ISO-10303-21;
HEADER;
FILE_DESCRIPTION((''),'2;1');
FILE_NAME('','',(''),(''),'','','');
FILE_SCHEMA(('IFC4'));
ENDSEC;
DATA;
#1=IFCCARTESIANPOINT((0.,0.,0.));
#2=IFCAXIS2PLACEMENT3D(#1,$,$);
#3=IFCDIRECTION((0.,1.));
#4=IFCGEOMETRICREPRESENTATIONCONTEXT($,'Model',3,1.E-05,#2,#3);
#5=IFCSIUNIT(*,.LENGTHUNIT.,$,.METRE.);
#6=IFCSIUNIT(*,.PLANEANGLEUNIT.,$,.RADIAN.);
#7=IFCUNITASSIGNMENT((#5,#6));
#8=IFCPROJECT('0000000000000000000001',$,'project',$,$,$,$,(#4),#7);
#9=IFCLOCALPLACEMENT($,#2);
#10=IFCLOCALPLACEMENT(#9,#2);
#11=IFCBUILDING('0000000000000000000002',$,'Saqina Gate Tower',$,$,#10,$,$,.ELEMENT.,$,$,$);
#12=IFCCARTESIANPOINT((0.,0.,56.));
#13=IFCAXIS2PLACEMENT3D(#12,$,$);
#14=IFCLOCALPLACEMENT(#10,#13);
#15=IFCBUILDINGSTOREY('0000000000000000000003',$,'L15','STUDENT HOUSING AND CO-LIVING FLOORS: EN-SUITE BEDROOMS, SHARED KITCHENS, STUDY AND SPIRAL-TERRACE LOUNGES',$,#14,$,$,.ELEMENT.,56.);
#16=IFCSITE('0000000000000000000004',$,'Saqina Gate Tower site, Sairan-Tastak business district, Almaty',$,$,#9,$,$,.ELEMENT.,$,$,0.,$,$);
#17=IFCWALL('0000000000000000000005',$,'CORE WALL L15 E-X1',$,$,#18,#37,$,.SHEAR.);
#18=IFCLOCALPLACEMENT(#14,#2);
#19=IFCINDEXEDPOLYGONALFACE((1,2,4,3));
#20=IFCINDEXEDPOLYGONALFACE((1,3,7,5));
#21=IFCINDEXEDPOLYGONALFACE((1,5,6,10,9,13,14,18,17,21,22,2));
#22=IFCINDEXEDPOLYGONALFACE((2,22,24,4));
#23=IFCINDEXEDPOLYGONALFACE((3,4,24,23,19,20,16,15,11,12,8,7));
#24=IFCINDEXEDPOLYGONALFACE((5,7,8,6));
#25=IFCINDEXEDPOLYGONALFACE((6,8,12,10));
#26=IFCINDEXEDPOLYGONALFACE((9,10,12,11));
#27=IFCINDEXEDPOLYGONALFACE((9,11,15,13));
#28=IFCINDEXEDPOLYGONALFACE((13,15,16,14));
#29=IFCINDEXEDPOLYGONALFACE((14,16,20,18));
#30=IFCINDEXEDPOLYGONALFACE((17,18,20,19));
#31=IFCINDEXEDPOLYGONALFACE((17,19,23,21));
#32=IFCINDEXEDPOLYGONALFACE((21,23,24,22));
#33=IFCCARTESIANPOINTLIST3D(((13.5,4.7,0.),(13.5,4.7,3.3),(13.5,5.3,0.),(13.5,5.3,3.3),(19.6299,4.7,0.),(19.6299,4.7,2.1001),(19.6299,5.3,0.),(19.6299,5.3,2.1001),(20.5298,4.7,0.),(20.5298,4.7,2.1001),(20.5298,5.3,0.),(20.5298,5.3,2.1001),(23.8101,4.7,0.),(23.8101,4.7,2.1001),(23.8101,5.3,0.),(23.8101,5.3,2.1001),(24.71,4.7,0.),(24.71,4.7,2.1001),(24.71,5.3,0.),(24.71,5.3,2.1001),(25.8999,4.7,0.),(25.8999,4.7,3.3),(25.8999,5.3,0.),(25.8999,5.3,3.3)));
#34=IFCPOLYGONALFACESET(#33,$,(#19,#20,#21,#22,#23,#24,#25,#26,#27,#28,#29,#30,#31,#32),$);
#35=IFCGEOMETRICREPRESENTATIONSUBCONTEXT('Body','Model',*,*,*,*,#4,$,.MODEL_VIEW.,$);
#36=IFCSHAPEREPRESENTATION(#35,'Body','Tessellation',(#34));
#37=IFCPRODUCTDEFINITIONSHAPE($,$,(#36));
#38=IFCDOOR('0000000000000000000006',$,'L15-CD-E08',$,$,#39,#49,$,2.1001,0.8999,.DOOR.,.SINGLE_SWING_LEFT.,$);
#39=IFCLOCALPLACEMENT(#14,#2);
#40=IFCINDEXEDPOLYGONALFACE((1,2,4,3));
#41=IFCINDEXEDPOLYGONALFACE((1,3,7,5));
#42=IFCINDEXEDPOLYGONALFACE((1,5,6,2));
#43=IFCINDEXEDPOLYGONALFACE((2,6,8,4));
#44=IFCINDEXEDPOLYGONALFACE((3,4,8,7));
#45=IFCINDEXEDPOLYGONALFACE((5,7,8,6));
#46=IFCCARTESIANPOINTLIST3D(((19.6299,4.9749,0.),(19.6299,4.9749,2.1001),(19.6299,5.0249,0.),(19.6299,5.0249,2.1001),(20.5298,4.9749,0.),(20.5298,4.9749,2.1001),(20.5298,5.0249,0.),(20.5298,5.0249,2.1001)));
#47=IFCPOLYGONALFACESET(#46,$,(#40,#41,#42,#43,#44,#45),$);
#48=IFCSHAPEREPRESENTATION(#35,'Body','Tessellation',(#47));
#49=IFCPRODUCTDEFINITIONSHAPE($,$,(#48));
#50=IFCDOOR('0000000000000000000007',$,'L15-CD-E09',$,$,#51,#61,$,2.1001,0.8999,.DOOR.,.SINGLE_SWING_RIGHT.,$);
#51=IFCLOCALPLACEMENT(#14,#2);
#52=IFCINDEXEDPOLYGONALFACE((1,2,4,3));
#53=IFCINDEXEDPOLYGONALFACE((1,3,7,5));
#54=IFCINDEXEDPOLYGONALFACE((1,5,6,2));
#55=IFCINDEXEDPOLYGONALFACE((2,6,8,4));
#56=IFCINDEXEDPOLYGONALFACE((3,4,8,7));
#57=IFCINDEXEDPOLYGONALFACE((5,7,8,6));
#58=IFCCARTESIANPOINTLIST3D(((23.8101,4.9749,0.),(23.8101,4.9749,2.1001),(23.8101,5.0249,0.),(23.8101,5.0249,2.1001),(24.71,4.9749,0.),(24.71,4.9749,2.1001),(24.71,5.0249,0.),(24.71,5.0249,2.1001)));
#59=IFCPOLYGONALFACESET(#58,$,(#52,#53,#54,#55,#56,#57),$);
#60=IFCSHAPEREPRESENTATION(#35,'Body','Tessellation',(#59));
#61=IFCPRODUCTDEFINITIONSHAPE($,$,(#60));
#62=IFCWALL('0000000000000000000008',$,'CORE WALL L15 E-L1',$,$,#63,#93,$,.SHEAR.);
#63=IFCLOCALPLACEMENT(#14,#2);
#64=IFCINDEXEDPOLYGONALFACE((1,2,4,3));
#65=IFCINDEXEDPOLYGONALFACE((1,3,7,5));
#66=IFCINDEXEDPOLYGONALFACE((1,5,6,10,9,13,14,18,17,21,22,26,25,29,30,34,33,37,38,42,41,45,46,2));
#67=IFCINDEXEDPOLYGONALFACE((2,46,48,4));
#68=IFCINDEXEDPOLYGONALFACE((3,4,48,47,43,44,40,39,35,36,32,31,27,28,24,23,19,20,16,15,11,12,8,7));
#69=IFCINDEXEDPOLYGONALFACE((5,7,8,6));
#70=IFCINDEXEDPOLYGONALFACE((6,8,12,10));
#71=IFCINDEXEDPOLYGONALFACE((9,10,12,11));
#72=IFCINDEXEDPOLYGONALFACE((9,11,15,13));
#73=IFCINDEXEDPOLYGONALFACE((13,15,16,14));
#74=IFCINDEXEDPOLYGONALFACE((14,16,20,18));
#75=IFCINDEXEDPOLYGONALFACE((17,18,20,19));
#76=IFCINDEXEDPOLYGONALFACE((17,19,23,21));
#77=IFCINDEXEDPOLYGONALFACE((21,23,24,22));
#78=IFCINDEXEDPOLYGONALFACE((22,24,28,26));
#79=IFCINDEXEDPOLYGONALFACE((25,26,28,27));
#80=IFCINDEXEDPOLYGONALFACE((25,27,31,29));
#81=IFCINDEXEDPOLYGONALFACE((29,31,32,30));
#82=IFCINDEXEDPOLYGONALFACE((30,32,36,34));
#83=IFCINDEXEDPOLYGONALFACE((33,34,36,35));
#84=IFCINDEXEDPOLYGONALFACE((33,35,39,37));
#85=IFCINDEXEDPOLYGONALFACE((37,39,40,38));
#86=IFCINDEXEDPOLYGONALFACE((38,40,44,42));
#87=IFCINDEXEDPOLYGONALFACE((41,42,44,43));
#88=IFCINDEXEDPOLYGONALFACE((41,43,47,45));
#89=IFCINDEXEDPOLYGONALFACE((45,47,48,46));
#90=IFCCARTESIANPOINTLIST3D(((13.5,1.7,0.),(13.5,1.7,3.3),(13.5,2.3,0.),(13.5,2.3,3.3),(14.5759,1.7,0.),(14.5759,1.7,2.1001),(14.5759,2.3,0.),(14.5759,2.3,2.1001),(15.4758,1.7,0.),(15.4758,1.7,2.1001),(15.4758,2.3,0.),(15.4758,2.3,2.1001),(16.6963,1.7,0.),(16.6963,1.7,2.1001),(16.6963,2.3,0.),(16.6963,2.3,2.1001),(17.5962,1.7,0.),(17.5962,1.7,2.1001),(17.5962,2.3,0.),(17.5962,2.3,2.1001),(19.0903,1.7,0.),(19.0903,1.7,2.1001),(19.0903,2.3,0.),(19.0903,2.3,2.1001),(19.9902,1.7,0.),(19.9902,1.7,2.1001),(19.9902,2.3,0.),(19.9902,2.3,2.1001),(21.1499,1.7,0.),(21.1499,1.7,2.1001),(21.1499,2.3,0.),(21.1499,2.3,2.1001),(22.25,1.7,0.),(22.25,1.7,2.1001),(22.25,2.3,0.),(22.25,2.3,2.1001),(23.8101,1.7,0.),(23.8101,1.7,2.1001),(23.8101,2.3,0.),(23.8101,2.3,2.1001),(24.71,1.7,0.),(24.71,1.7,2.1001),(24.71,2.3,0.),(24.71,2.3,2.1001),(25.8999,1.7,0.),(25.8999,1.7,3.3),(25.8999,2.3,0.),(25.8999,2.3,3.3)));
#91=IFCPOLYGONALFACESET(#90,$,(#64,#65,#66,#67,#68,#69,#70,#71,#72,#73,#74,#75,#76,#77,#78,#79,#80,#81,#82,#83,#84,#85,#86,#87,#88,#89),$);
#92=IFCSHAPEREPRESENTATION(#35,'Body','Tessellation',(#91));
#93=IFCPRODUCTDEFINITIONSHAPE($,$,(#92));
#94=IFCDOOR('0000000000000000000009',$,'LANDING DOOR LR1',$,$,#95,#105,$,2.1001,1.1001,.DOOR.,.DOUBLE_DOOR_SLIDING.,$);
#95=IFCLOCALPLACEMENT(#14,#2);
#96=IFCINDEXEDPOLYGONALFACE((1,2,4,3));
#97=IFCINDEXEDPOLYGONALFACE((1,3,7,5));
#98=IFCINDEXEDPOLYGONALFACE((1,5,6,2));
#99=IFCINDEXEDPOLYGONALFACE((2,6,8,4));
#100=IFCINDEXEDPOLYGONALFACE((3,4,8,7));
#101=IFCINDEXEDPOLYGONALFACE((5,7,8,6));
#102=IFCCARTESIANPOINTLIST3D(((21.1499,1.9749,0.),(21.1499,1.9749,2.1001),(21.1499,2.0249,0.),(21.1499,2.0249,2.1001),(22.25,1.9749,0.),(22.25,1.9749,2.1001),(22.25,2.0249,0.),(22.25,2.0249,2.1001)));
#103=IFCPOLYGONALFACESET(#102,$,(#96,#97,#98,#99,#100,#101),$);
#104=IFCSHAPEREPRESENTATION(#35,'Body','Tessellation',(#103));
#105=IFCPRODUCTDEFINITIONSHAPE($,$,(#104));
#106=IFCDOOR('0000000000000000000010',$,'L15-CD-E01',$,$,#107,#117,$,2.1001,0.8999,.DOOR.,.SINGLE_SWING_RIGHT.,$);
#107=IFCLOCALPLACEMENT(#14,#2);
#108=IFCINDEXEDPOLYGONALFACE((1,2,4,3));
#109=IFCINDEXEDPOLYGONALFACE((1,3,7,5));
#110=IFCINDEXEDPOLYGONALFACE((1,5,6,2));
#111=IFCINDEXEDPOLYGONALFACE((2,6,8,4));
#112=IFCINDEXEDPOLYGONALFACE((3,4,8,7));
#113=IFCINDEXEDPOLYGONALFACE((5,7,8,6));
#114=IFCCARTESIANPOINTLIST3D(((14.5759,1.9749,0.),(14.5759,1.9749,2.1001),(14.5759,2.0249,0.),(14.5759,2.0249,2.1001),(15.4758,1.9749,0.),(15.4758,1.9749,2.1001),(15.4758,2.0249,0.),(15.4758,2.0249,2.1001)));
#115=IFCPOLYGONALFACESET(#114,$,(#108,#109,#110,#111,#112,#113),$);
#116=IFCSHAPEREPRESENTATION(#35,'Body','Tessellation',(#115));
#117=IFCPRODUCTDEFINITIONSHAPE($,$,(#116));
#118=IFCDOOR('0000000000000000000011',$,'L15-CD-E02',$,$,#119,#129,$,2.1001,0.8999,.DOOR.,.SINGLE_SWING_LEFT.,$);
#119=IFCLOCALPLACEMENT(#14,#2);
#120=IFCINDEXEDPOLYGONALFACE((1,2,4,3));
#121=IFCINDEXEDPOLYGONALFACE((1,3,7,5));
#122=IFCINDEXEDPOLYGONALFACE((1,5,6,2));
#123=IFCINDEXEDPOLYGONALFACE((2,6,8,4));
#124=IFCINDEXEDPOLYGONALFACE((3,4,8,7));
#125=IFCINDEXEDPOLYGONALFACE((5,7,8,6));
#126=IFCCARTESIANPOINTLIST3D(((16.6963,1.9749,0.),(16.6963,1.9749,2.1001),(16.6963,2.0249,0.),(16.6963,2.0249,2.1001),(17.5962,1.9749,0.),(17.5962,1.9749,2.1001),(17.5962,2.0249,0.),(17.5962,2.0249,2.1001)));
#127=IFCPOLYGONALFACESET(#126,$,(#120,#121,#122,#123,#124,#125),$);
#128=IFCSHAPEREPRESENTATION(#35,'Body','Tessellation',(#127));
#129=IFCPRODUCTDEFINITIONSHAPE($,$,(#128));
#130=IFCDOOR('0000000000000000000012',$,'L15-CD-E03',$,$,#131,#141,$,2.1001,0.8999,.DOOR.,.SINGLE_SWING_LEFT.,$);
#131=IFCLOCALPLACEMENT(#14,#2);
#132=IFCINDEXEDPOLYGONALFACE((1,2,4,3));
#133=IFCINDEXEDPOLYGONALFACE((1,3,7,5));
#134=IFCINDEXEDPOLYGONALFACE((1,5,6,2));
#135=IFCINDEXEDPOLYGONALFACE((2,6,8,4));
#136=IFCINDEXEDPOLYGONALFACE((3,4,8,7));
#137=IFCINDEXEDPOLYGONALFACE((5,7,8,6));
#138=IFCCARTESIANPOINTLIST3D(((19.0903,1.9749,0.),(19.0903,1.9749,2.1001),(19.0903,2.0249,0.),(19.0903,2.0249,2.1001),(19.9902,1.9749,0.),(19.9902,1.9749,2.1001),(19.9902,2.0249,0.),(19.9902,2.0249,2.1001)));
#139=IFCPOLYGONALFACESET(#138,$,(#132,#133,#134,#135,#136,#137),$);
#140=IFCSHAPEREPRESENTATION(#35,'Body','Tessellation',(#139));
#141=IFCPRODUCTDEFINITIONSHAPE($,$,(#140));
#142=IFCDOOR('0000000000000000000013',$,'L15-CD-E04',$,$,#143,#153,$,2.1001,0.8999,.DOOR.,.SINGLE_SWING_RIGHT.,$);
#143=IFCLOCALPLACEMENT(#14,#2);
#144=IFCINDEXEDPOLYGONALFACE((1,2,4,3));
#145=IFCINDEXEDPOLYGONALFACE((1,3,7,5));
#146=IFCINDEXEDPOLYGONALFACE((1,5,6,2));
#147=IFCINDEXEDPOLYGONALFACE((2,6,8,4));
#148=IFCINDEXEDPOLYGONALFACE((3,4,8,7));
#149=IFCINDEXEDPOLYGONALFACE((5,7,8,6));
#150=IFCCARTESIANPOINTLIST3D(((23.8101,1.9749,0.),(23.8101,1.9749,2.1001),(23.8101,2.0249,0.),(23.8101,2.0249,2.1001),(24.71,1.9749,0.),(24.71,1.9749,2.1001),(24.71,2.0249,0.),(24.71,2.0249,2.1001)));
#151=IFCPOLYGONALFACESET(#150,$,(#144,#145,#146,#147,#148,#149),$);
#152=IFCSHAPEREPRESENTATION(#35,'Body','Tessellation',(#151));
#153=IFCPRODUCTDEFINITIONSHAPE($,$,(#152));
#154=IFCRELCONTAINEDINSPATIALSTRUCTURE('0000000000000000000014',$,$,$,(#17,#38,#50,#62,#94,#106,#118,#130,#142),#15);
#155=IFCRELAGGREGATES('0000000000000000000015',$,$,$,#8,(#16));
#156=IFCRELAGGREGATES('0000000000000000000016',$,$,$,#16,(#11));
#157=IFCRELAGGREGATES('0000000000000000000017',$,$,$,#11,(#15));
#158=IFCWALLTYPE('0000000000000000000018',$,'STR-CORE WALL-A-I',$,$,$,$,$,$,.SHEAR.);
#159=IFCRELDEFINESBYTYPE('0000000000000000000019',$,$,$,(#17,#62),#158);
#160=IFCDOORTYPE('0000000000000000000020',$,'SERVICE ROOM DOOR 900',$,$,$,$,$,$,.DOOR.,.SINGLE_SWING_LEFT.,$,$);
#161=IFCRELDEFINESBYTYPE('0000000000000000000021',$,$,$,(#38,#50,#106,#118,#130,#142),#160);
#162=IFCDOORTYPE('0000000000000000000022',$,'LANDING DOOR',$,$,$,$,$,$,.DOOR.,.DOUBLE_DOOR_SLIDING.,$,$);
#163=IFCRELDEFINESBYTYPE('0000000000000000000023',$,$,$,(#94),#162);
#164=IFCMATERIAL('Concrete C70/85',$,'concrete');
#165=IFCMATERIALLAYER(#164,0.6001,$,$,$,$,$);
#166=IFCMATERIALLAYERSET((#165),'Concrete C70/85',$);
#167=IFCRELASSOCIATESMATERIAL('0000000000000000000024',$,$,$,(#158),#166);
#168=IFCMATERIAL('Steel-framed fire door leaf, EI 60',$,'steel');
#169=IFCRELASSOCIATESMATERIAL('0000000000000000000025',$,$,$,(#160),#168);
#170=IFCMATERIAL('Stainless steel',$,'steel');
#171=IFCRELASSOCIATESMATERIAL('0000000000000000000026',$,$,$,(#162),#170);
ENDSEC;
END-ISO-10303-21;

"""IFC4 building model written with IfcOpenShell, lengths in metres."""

from ifc_helpers import new_model, si_unit, direction, frame, frame_2d, origin, place, context, subcontext, project, spatial, rectangle, extrude, material, layer, layer_set, type_object, element, fill, save


model = new_model("IFC4")

# Units and contexts
model_context = context("Model", 3, precision=1e-05, world=origin(), true_north=direction((0.0, 1.0)))
body_context = subcontext(model_context, "Body", "Model", "MODEL_VIEW")
ifc_project = project(units=[si_unit("LENGTHUNIT", "METRE"), si_unit("PLANEANGLEUNIT", "RADIAN")], contexts=[model_context])

# Site, building, storey
site_placement = place(None, origin())
site = spatial("IfcSite", under=ifc_project, at=site_placement, Name="Saqina Gate Tower site, Sairan-Tastak business district, Almaty", CompositionType="ELEMENT", RefElevation=0.0)
building_placement = place(site_placement, origin())
building = spatial("IfcBuilding", under=site, at=building_placement, Name="Saqina Gate Tower", CompositionType="ELEMENT")
storey_placement = place(building_placement, frame((0.0, 0.0, 56.0)))
storey = spatial("IfcBuildingStorey", under=building, at=storey_placement, Name="L15", Description="STUDENT HOUSING AND CO-LIVING FLOORS: EN-SUITE BEDROOMS, SHARED KITCHENS, STUDY AND SPIRAL-TERRACE LOUNGES", CompositionType="ELEMENT", Elevation=56.0)

# Walls, openings, doors
ifc_material_1 = material(Name="Concrete C70/85", Category="concrete")
ifc_layer_1 = layer(ifc_material_1, 0.6001)
ifc_layer_set_1 = layer_set([ifc_layer_1], Name="Concrete C70/85")
wall_type_1 = type_object("IfcWallType", Name="STR-CORE WALL-A-I", PredefinedType="SHEAR", material=ifc_layer_set_1)
wall_1_placement = place(storey_placement, frame((13.5, 5.0, 0.0), z_axis=(0.0, 0.0, 1.0), x_axis=(1.0, 0.0, 0.0)))
wall_1 = element("IfcWall", 1, at=wall_1_placement, inside=storey, type_object=wall_type_1, Name="CORE WALL L15 E-X1", PredefinedType="SHEAR", context=body_context, shape_type="SweptSolid", body=[
    extrude(rectangle(XDim=12.3999, YDim=0.6001, at=frame_2d((6.2, 0.0))), origin(), (0.0, 0.0, 1.0), 3.3),
])
opening_1_placement = place(wall_1_placement, frame((6.1299, 0.0, 0.0)))
opening_1 = element("IfcOpeningElement", 2, at=opening_1_placement, cuts=wall_1, PredefinedType="OPENING", context=body_context, shape_type="SweptSolid", body=[
    extrude(rectangle(XDim=0.8999, YDim=2.1001, at=frame_2d((0.45, 1.05))), frame((0.0, 0.312, 0.0), z_axis=(0.0, -1.0, 0.0), x_axis=(1.0, 0.0, 0.0)), (0.0, 0.0, 1.0), 0.624),
])
opening_2_placement = place(wall_1_placement, frame((10.3101, 0.0, 0.0)))
opening_2 = element("IfcOpeningElement", 3, at=opening_2_placement, cuts=wall_1, PredefinedType="OPENING", context=body_context, shape_type="SweptSolid", body=[
    extrude(rectangle(XDim=0.8999, YDim=2.1001, at=frame_2d((0.45, 1.05))), frame((0.0, 0.312, 0.0), z_axis=(0.0, -1.0, 0.0), x_axis=(1.0, 0.0, 0.0)), (0.0, 0.0, 1.0), 0.624),
])
ifc_material_2 = material(Name="Steel-framed fire door leaf, EI 60", Category="steel")
door_type_1 = type_object("IfcDoorType", Name="SERVICE ROOM DOOR 900", OperationType="SINGLE_SWING_LEFT", PredefinedType="DOOR", material=ifc_material_2)
door_1_placement = place(opening_1_placement, origin())
door_1 = element("IfcDoor", 4, at=door_1_placement, inside=storey, type_object=door_type_1, Name="L15-CD-E08", OperationType="SINGLE_SWING_LEFT", OverallHeight=2.1001, OverallWidth=0.8999, PredefinedType="DOOR", context=body_context, shape_type="SweptSolid", body=[
    extrude(rectangle(XDim=0.8999, YDim=2.1001, at=frame_2d((0.45, 1.05))), frame((0.0, 0.0249, 0.0), z_axis=(0.0, -1.0, 0.0), x_axis=(1.0, 0.0, 0.0)), (0.0, 0.0, 1.0), 0.05),
])
fill(opening_1, door_1)
door_2_placement = place(opening_2_placement, origin())
door_2 = element("IfcDoor", 5, at=door_2_placement, inside=storey, type_object=door_type_1, Name="L15-CD-E09", OperationType="SINGLE_SWING_RIGHT", OverallHeight=2.1001, OverallWidth=0.8999, PredefinedType="DOOR", context=body_context, shape_type="SweptSolid", body=[
    extrude(rectangle(XDim=0.8999, YDim=2.1001, at=frame_2d((0.45, 1.05))), frame((0.0, 0.0249, 0.0), z_axis=(0.0, -1.0, 0.0), x_axis=(1.0, 0.0, 0.0)), (0.0, 0.0, 1.0), 0.05),
])
fill(opening_2, door_2)
wall_2_placement = place(storey_placement, frame((13.5, 2.0, 0.0), z_axis=(0.0, 0.0, 1.0), x_axis=(1.0, 0.0, 0.0)))
wall_2 = element("IfcWall", 6, at=wall_2_placement, inside=storey, type_object=wall_type_1, Name="CORE WALL L15 E-L1", PredefinedType="SHEAR", context=body_context, shape_type="SweptSolid", body=[
    extrude(rectangle(XDim=12.3999, YDim=0.6001, at=frame_2d((6.2, 0.0))), origin(), (0.0, 0.0, 1.0), 3.3),
])
opening_3_placement = place(wall_2_placement, frame((7.6499, 0.0, 0.0)))
opening_3 = element("IfcOpeningElement", 7, at=opening_3_placement, cuts=wall_2, PredefinedType="OPENING", context=body_context, shape_type="SweptSolid", body=[
    extrude(rectangle(XDim=1.1001, YDim=2.1001, at=frame_2d((0.55, 1.05))), frame((0.0, 0.312, 0.0), z_axis=(0.0, -1.0, 0.0), x_axis=(1.0, 0.0, 0.0)), (0.0, 0.0, 1.0), 0.624),
])
opening_4_placement = place(wall_2_placement, frame((1.0759, 0.0, 0.0)))
opening_4 = element("IfcOpeningElement", 8, at=opening_4_placement, cuts=wall_2, PredefinedType="OPENING", context=body_context, shape_type="SweptSolid", body=[
    extrude(rectangle(XDim=0.8999, YDim=2.1001, at=frame_2d((0.45, 1.05))), frame((0.0, 0.312, 0.0), z_axis=(0.0, -1.0, 0.0), x_axis=(1.0, 0.0, 0.0)), (0.0, 0.0, 1.0), 0.624),
])
opening_5_placement = place(wall_2_placement, frame((3.1963, 0.0, 0.0)))
opening_5 = element("IfcOpeningElement", 9, at=opening_5_placement, cuts=wall_2, PredefinedType="OPENING", context=body_context, shape_type="SweptSolid", body=[
    extrude(rectangle(XDim=0.8999, YDim=2.1001, at=frame_2d((0.45, 1.05))), frame((0.0, 0.312, 0.0), z_axis=(0.0, -1.0, 0.0), x_axis=(1.0, 0.0, 0.0)), (0.0, 0.0, 1.0), 0.624),
])
opening_6_placement = place(wall_2_placement, frame((5.5903, 0.0, 0.0)))
opening_6 = element("IfcOpeningElement", 10, at=opening_6_placement, cuts=wall_2, PredefinedType="OPENING", context=body_context, shape_type="SweptSolid", body=[
    extrude(rectangle(XDim=0.8999, YDim=2.1001, at=frame_2d((0.45, 1.05))), frame((0.0, 0.312, 0.0), z_axis=(0.0, -1.0, 0.0), x_axis=(1.0, 0.0, 0.0)), (0.0, 0.0, 1.0), 0.624),
])
opening_7_placement = place(wall_2_placement, frame((10.3101, 0.0, 0.0)))
opening_7 = element("IfcOpeningElement", 11, at=opening_7_placement, cuts=wall_2, PredefinedType="OPENING", context=body_context, shape_type="SweptSolid", body=[
    extrude(rectangle(XDim=0.8999, YDim=2.1001, at=frame_2d((0.45, 1.05))), frame((0.0, 0.312, 0.0), z_axis=(0.0, -1.0, 0.0), x_axis=(1.0, 0.0, 0.0)), (0.0, 0.0, 1.0), 0.624),
])
ifc_material_3 = material(Name="Stainless steel", Category="steel")
door_type_2 = type_object("IfcDoorType", Name="LANDING DOOR", OperationType="DOUBLE_DOOR_SLIDING", PredefinedType="DOOR", material=ifc_material_3)
door_3_placement = place(opening_3_placement, origin())
door_3 = element("IfcDoor", 12, at=door_3_placement, inside=storey, type_object=door_type_2, Name="LANDING DOOR LR1", OperationType="DOUBLE_DOOR_SLIDING", OverallHeight=2.1001, OverallWidth=1.1001, PredefinedType="DOOR", context=body_context, shape_type="SweptSolid", body=[
    extrude(rectangle(XDim=1.1001, YDim=2.1001, at=frame_2d((0.55, 1.05))), frame((0.0, 0.0249, 0.0), z_axis=(0.0, -1.0, 0.0), x_axis=(1.0, 0.0, 0.0)), (0.0, 0.0, 1.0), 0.05),
])
fill(opening_3, door_3)
door_4_placement = place(opening_4_placement, origin())
door_4 = element("IfcDoor", 13, at=door_4_placement, inside=storey, type_object=door_type_1, Name="L15-CD-E01", OperationType="SINGLE_SWING_RIGHT", OverallHeight=2.1001, OverallWidth=0.8999, PredefinedType="DOOR", context=body_context, shape_type="SweptSolid", body=[
    extrude(rectangle(XDim=0.8999, YDim=2.1001, at=frame_2d((0.45, 1.05))), frame((0.0, 0.0249, 0.0), z_axis=(0.0, -1.0, 0.0), x_axis=(1.0, 0.0, 0.0)), (0.0, 0.0, 1.0), 0.05),
])
fill(opening_4, door_4)
door_5_placement = place(opening_5_placement, origin())
door_5 = element("IfcDoor", 14, at=door_5_placement, inside=storey, type_object=door_type_1, Name="L15-CD-E02", OperationType="SINGLE_SWING_LEFT", OverallHeight=2.1001, OverallWidth=0.8999, PredefinedType="DOOR", context=body_context, shape_type="SweptSolid", body=[
    extrude(rectangle(XDim=0.8999, YDim=2.1001, at=frame_2d((0.45, 1.05))), frame((0.0, 0.0249, 0.0), z_axis=(0.0, -1.0, 0.0), x_axis=(1.0, 0.0, 0.0)), (0.0, 0.0, 1.0), 0.05),
])
fill(opening_5, door_5)
door_6_placement = place(opening_6_placement, origin())
door_6 = element("IfcDoor", 15, at=door_6_placement, inside=storey, type_object=door_type_1, Name="L15-CD-E03", OperationType="SINGLE_SWING_LEFT", OverallHeight=2.1001, OverallWidth=0.8999, PredefinedType="DOOR", context=body_context, shape_type="SweptSolid", body=[
    extrude(rectangle(XDim=0.8999, YDim=2.1001, at=frame_2d((0.45, 1.05))), frame((0.0, 0.0249, 0.0), z_axis=(0.0, -1.0, 0.0), x_axis=(1.0, 0.0, 0.0)), (0.0, 0.0, 1.0), 0.05),
])
fill(opening_6, door_6)
door_7_placement = place(opening_7_placement, origin())
door_7 = element("IfcDoor", 16, at=door_7_placement, inside=storey, type_object=door_type_1, Name="L15-CD-E04", OperationType="SINGLE_SWING_RIGHT", OverallHeight=2.1001, OverallWidth=0.8999, PredefinedType="DOOR", context=body_context, shape_type="SweptSolid", body=[
    extrude(rectangle(XDim=0.8999, YDim=2.1001, at=frame_2d((0.45, 1.05))), frame((0.0, 0.0249, 0.0), z_axis=(0.0, -1.0, 0.0), x_axis=(1.0, 0.0, 0.0)), (0.0, 0.0, 1.0), 0.05),
])
fill(opening_7, door_7)

save(model, "model.ifc")
